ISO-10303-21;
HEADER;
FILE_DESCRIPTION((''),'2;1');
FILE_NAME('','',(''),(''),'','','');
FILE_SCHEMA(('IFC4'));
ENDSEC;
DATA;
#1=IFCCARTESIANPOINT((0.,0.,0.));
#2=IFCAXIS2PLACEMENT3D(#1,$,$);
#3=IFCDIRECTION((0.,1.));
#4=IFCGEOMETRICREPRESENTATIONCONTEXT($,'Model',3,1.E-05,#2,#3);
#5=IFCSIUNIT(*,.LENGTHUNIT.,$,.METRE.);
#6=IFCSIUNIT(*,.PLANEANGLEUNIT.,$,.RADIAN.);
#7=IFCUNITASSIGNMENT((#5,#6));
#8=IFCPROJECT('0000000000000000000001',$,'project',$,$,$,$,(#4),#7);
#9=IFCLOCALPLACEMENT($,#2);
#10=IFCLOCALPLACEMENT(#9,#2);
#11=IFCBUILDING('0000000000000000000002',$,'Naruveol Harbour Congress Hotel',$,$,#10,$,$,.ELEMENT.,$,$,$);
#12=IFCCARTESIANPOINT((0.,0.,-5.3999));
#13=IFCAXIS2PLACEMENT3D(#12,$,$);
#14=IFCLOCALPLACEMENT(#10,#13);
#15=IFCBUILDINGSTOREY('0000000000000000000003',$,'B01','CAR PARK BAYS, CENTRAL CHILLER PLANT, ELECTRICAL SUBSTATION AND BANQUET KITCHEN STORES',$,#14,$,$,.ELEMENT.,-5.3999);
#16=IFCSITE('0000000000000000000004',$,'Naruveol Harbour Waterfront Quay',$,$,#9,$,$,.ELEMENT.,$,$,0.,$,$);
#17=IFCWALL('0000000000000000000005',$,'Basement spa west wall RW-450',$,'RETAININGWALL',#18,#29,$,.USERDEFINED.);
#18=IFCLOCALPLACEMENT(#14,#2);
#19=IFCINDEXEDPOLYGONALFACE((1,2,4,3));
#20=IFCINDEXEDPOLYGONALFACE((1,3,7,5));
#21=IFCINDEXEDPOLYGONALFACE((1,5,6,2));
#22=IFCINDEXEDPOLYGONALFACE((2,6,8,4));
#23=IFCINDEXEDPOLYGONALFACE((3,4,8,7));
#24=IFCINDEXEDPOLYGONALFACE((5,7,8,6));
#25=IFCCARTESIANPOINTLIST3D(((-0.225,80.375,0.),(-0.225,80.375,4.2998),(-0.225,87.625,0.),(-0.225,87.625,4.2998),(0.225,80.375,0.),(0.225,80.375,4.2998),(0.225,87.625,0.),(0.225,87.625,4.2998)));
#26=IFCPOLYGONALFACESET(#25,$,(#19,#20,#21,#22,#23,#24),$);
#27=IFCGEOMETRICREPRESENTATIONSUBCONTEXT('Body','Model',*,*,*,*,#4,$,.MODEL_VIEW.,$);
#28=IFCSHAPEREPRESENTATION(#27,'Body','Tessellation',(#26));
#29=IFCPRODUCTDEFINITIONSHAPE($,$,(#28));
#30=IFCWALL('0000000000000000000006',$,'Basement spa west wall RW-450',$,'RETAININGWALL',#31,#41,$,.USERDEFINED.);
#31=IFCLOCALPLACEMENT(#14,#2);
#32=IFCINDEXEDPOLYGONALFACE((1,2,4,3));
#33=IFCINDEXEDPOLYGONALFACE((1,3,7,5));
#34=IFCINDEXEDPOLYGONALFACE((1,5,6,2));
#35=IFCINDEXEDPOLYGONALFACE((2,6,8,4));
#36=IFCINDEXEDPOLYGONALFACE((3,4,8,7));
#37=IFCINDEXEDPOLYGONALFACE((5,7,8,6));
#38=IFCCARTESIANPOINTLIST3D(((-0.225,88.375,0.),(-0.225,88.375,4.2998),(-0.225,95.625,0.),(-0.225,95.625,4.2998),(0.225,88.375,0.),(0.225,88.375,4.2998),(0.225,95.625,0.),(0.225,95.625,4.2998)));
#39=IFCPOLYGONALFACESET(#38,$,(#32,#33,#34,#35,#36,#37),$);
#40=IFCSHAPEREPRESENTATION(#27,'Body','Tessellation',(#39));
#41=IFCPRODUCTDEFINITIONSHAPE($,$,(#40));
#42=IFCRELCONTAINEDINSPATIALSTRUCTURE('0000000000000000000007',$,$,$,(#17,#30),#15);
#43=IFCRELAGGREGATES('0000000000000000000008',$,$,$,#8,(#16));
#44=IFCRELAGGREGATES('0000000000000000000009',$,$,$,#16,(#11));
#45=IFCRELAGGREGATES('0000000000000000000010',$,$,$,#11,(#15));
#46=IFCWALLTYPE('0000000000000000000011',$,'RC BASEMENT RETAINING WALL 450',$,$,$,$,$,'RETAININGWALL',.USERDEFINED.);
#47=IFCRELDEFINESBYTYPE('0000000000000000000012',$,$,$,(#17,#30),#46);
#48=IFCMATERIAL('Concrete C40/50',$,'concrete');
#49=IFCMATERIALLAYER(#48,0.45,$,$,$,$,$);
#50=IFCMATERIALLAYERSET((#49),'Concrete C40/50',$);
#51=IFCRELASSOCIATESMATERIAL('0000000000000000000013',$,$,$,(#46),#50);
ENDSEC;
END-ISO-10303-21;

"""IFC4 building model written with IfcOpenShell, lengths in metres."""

from ifc_helpers import new_model, si_unit, direction, frame, frame_2d, origin, place, context, subcontext, project, spatial, rectangle, extrude, material, layer, layer_set, type_object, element, save


model = new_model("IFC4")

# Units and contexts
model_context = context("Model", 3, precision=1e-05, world=origin(), true_north=direction((0.0, 1.0)))
body_context = subcontext(model_context, "Body", "Model", "MODEL_VIEW")
ifc_project = project(units=[si_unit("LENGTHUNIT", "METRE"), si_unit("PLANEANGLEUNIT", "RADIAN")], contexts=[model_context])

# Site, building, storey
site_placement = place(None, origin())
site = spatial("IfcSite", under=ifc_project, at=site_placement, Name="Naruveol Harbour Waterfront Quay", CompositionType="ELEMENT", RefElevation=0.0)
building_placement = place(site_placement, origin())
building = spatial("IfcBuilding", under=site, at=building_placement, Name="Naruveol Harbour Congress Hotel", CompositionType="ELEMENT")
storey_placement = place(building_placement, frame((0.0, 0.0, -5.3999)))
storey = spatial("IfcBuildingStorey", under=building, at=storey_placement, Name="B01", Description="CAR PARK BAYS, CENTRAL CHILLER PLANT, ELECTRICAL SUBSTATION AND BANQUET KITCHEN STORES", CompositionType="ELEMENT", Elevation=-5.3999)

# Walls
ifc_material_1 = material(Name="Concrete C40/50", Category="concrete")
ifc_layer_1 = layer(ifc_material_1, 0.45)
ifc_layer_set_1 = layer_set([ifc_layer_1], Name="Concrete C40/50")
wall_type_1 = type_object("IfcWallType", Name="RC BASEMENT RETAINING WALL 450", ElementType="RETAININGWALL", PredefinedType="USERDEFINED", material=ifc_layer_set_1)
for number, where, z_axis, x_axis, name in (
    (1, (0.0, 80.375, 0.0), (0.0, 0.0, 1.0), (0.0, 1.0, 0.0), "Basement spa west wall RW-450"),
    (2, (0.0, 88.375, 0.0), (0.0, 0.0, 1.0), (0.0, 1.0, 0.0), "Basement spa west wall RW-450"),
):
    element("IfcWall", number, at=place(storey_placement, frame(where, z_axis=z_axis, x_axis=x_axis)), inside=storey, type_object=wall_type_1, Name=name, ObjectType="RETAININGWALL", PredefinedType="USERDEFINED", context=body_context, shape_type="SweptSolid", body=[
        extrude(rectangle(XDim=7.25, YDim=0.45, at=frame_2d((3.625, 0.0))), origin(), (0.0, 0.0, 1.0), 4.2998),
    ])

save(model, "model.ifc")
